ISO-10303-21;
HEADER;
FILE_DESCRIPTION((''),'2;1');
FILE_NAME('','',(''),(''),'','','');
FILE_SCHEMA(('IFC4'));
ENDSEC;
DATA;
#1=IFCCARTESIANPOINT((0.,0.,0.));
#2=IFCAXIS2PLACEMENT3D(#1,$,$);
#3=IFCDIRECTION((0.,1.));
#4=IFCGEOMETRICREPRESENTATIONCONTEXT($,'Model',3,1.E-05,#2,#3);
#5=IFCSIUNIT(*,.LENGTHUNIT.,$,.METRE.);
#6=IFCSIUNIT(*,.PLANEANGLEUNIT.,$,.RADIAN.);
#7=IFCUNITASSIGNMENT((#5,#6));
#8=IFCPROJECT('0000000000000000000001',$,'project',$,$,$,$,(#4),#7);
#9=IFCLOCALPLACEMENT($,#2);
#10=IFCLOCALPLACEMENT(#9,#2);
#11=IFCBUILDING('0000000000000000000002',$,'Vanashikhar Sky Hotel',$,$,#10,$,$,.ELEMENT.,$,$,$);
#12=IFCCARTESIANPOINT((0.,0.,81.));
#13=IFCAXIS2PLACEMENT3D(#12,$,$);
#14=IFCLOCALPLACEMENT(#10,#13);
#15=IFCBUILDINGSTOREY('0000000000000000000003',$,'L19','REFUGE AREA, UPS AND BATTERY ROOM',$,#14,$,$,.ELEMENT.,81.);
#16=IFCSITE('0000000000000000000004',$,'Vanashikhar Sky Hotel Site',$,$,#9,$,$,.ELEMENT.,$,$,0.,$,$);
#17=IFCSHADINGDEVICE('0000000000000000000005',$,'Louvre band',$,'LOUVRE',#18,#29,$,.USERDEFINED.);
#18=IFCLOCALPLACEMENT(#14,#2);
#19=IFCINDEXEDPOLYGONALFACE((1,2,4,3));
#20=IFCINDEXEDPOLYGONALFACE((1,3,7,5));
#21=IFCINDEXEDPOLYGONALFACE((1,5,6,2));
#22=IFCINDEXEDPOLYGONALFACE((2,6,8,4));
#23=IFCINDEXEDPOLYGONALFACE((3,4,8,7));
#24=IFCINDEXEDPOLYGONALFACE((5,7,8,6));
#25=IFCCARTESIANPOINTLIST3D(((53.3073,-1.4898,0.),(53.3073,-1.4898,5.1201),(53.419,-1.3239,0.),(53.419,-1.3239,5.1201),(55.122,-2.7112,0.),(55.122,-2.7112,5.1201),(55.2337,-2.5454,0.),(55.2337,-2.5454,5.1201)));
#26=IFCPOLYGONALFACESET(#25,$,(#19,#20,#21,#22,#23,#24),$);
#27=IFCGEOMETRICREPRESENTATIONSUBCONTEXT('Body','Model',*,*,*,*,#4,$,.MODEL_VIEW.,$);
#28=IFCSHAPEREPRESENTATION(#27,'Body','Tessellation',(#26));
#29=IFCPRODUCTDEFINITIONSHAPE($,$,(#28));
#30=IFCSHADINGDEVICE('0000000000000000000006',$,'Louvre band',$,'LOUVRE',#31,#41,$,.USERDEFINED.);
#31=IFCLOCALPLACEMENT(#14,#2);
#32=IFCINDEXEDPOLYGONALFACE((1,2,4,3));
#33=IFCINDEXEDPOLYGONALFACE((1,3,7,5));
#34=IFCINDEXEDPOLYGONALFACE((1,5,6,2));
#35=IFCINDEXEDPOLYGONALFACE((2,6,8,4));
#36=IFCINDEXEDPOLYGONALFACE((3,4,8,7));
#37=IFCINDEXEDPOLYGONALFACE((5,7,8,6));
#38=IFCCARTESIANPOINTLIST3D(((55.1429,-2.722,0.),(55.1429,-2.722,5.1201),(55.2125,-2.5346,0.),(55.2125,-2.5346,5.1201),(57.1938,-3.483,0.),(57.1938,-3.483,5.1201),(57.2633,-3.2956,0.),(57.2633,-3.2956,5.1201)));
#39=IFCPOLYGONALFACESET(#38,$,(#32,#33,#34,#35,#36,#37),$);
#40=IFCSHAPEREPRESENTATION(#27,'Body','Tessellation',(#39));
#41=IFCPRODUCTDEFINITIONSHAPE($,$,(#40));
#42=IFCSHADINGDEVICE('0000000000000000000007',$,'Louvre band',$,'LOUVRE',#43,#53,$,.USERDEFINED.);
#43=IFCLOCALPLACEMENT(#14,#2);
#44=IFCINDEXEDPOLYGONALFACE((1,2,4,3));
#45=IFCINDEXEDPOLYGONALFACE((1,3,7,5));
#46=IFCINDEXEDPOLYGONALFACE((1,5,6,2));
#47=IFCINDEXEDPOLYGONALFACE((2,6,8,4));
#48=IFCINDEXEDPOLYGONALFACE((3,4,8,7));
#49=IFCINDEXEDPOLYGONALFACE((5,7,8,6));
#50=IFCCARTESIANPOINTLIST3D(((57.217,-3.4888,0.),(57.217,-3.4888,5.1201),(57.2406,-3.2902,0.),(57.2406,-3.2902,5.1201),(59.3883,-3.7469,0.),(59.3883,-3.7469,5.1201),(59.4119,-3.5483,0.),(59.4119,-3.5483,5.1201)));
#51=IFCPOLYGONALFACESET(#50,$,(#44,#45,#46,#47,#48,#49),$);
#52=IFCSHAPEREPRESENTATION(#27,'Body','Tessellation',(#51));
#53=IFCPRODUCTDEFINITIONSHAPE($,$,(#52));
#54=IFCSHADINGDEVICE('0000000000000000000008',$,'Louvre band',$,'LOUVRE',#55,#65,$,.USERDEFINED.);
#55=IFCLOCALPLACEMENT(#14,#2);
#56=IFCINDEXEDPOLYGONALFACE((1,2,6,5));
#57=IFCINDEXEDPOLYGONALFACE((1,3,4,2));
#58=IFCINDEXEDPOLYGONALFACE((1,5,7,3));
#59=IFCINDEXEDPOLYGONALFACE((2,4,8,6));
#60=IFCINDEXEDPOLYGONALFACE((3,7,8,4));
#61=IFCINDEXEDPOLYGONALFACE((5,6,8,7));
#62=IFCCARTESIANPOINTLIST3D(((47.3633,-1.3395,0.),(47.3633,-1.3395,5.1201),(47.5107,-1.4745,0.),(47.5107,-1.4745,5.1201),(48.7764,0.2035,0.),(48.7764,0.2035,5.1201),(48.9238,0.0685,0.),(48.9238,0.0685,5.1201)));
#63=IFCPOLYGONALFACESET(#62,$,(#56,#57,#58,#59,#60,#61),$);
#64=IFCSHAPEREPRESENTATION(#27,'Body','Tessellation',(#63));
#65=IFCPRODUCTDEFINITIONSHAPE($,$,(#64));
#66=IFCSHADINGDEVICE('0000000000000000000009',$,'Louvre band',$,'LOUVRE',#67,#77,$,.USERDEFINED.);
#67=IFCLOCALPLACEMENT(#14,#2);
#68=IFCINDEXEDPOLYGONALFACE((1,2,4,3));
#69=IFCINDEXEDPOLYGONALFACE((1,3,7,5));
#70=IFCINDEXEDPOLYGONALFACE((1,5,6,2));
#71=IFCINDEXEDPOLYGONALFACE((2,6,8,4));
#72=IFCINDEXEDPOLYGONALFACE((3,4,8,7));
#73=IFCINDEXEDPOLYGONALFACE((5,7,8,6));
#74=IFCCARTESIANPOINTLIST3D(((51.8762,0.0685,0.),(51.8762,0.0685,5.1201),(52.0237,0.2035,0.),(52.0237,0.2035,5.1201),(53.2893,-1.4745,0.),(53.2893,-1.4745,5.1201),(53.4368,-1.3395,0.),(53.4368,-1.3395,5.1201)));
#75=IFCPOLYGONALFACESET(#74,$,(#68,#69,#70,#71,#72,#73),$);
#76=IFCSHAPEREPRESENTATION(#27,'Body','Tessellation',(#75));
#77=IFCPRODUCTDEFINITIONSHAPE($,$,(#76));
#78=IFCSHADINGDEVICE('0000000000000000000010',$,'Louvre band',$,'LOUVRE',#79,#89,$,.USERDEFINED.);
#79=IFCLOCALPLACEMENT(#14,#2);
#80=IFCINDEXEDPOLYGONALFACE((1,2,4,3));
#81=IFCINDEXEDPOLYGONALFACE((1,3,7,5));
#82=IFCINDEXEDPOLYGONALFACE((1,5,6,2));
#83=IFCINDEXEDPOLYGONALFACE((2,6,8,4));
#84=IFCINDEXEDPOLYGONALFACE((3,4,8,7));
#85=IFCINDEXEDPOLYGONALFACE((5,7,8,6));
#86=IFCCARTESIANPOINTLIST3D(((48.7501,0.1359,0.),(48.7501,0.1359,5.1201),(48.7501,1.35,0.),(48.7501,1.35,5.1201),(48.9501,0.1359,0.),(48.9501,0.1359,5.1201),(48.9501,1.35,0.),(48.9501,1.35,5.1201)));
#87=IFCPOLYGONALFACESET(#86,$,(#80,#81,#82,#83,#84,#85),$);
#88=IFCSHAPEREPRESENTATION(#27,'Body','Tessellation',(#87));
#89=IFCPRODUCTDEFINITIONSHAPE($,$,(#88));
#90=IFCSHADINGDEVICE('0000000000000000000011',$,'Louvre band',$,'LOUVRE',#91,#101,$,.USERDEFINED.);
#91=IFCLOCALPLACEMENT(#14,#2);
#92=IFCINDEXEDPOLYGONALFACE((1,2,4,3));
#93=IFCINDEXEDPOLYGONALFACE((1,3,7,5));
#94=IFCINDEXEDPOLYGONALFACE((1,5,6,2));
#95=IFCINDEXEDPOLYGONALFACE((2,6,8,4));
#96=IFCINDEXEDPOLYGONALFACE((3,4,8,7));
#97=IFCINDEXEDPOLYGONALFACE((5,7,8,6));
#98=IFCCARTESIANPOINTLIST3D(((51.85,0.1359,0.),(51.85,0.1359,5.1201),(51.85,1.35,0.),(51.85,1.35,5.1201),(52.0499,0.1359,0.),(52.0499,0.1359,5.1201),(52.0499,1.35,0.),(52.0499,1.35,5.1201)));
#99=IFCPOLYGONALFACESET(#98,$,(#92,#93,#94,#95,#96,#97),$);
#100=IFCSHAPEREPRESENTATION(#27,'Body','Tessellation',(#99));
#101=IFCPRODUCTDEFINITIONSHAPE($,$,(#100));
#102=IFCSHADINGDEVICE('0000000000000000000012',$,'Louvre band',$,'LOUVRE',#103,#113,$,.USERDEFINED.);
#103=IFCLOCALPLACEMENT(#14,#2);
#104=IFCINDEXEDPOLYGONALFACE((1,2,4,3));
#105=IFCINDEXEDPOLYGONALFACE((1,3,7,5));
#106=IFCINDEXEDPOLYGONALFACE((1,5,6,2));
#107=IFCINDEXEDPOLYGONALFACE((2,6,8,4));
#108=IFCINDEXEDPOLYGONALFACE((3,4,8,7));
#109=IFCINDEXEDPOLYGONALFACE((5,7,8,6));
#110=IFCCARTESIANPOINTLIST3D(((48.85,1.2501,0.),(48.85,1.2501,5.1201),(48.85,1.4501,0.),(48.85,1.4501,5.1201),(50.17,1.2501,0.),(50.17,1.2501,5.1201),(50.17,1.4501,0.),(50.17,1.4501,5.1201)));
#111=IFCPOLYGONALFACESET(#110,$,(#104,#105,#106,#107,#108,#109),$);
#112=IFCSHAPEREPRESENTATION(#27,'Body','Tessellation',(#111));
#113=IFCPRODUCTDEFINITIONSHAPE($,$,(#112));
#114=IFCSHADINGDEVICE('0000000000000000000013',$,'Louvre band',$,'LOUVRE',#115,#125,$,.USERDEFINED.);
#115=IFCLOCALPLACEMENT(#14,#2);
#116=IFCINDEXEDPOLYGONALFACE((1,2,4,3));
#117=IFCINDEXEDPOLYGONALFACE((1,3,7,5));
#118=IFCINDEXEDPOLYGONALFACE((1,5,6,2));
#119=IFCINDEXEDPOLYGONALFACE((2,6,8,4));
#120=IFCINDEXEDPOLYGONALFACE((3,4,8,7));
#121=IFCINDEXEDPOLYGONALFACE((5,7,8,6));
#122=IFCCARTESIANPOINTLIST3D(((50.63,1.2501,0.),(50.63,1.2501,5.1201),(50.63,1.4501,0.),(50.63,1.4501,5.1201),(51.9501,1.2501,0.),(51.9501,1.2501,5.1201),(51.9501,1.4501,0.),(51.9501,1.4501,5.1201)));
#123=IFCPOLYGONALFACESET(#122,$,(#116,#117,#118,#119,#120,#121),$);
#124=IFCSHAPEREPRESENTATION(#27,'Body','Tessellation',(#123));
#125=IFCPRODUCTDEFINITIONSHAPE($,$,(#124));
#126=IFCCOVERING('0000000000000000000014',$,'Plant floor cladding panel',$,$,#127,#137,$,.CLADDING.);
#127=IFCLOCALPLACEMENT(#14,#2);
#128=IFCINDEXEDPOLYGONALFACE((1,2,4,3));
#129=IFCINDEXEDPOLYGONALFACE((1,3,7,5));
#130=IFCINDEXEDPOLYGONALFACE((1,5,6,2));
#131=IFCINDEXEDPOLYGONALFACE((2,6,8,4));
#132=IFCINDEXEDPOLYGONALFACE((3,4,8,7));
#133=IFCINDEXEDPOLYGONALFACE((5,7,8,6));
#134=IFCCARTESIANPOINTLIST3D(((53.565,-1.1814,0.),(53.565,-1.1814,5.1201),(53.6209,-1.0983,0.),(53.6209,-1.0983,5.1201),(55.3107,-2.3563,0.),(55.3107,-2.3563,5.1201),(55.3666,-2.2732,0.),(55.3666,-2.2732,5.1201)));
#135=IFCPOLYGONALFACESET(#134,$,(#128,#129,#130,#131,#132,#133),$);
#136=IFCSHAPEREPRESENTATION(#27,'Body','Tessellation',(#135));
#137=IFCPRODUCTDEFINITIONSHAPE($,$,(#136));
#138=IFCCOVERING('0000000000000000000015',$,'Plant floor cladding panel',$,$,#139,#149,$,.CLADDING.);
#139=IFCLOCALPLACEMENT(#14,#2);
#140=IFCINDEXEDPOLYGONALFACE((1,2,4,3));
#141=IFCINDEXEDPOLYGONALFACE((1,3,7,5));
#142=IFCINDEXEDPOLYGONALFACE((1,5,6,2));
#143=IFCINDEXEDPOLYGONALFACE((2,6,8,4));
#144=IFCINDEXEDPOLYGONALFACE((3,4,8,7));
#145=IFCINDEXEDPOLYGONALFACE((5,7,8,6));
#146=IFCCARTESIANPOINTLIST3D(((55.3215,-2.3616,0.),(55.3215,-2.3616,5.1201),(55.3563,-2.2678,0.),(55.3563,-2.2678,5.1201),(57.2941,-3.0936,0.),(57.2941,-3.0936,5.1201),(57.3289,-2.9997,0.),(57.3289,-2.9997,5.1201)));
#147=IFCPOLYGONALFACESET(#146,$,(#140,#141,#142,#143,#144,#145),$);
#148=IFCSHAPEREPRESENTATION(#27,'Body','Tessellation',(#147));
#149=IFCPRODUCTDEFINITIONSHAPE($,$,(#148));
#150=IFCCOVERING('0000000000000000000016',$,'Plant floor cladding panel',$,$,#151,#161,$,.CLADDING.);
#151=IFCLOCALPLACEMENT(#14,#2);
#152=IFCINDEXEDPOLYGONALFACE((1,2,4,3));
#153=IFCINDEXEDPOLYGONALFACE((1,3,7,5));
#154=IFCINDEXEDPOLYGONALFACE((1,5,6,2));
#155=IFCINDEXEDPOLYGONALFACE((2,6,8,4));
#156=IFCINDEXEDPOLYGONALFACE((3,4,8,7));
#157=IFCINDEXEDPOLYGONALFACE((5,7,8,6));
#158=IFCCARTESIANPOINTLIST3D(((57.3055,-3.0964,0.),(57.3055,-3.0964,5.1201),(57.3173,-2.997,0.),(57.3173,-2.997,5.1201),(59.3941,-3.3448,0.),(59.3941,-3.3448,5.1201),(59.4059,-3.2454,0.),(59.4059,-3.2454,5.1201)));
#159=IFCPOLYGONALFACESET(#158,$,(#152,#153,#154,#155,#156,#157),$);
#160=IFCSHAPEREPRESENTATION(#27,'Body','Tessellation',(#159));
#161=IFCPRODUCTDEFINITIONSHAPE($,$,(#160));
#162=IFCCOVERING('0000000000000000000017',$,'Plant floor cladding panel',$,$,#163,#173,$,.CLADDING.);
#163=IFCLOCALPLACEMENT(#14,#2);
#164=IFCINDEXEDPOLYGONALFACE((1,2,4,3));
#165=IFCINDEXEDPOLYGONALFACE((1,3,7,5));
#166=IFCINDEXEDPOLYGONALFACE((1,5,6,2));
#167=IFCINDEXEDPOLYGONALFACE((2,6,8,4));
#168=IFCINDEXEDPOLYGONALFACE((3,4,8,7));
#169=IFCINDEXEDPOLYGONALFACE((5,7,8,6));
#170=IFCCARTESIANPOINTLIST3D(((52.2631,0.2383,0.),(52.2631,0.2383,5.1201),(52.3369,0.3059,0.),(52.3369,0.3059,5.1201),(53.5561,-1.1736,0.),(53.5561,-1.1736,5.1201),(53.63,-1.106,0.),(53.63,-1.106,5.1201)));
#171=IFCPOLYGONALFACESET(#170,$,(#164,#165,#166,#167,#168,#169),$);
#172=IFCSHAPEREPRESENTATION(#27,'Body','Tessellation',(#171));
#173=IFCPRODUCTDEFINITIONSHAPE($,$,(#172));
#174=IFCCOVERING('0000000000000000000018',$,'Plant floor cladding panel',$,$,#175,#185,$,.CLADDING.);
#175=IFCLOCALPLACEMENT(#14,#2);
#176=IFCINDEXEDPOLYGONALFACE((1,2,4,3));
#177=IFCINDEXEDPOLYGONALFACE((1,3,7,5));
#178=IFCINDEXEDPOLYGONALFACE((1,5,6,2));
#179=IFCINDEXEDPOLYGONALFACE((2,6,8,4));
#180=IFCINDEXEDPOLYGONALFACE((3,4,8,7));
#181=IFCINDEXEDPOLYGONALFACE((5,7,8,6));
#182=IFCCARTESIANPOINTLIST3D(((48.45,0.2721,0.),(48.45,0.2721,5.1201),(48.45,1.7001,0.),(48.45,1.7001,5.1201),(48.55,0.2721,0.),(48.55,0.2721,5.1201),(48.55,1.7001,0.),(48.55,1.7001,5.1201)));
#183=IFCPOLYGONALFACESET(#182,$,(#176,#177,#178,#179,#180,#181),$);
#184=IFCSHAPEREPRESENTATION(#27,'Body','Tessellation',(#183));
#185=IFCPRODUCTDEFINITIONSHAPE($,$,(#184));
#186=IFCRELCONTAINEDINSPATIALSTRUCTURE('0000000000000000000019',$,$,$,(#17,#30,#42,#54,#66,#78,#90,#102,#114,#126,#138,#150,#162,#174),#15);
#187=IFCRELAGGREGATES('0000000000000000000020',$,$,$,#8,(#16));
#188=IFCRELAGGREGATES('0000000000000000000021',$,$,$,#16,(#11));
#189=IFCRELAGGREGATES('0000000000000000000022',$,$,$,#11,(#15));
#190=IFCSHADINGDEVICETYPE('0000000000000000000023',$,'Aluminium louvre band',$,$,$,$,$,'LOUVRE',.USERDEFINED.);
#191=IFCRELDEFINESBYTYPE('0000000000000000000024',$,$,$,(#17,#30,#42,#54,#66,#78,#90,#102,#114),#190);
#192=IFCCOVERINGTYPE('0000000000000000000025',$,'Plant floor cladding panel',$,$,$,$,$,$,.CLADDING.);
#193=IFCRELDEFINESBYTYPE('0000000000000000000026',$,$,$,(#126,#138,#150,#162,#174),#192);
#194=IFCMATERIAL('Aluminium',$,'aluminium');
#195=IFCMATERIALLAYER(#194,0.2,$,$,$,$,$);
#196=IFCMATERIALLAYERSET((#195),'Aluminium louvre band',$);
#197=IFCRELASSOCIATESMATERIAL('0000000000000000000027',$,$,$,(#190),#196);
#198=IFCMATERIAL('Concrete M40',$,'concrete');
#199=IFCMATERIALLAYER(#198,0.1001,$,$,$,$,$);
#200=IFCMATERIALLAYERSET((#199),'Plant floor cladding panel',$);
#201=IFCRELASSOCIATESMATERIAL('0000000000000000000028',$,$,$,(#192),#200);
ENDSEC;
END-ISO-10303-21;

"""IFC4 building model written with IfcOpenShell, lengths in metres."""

from ifc_helpers import new_model, si_unit, direction, frame, origin, origin_2d, place, context, subcontext, project, spatial, rectangle, extrude, source, transform, mapped, material, layer, layer_set, type_object, element, save


model = new_model("IFC4")

# Units and contexts
model_context = context("Model", 3, precision=1e-05, world=origin(), true_north=direction((0.0, 1.0)))
body_context = subcontext(model_context, "Body", "Model", "MODEL_VIEW")
ifc_project = project(units=[si_unit("LENGTHUNIT", "METRE"), si_unit("PLANEANGLEUNIT", "RADIAN")], contexts=[model_context])

# Site, building, storey
site_placement = place(None, origin())
site = spatial("IfcSite", under=ifc_project, at=site_placement, Name="Vanashikhar Sky Hotel Site", CompositionType="ELEMENT", RefElevation=0.0)
building_placement = place(site_placement, origin())
building = spatial("IfcBuilding", under=site, at=building_placement, Name="Vanashikhar Sky Hotel", CompositionType="ELEMENT")
storey_placement = place(building_placement, frame((0.0, 0.0, 81.0)))
storey = spatial("IfcBuildingStorey", under=building, at=storey_placement, Name="L19", Description="REFUGE AREA, UPS AND BATTERY ROOM", CompositionType="ELEMENT", Elevation=81.0)

# Shading devices
ifc_material_1 = material(Name="Aluminium", Category="aluminium")
ifc_layer_1 = layer(ifc_material_1, 0.2)
ifc_layer_set_1 = layer_set([ifc_layer_1], Name="Aluminium louvre band")
shading_device_type = type_object("IfcShadingDeviceType", Name="Aluminium louvre band", ElementType="LOUVRE", PredefinedType="USERDEFINED", material=ifc_layer_set_1)
shared_shape_1 = source(origin(), body_context, "Body", "SweptSolid", [
    extrude(rectangle(XDim=2.1875, YDim=0.2, at=origin_2d()), origin(), (0.0, 0.0, 1.0), 5.1201),
])
for number, where, z_axis, x_axis, name in (
    (1, (54.2705, -2.0176, 0.0), (0.0, 0.0, 1.0), (0.829584, -0.558382, 0.0), "Louvre band"),
    (2, (56.2031, -3.0088, 0.0), (0.0, 0.0, 1.0), (0.937537, -0.347885, 0.0), "Louvre band"),
):
    element("IfcShadingDevice", number, at=place(storey_placement, frame(where, z_axis=z_axis, x_axis=x_axis)), inside=storey, type_object=shading_device_type, Name=name, ObjectType="LOUVRE", PredefinedType="USERDEFINED", context=body_context, shape_type="MappedRepresentation", body=[
        mapped(shared_shape_1, transform((0.0, 0.0, 0.0), scale=1.0)),
    ])
shared_shape_2 = source(origin(), body_context, "Body", "SweptSolid", [
    extrude(rectangle(XDim=2.1865, YDim=0.2, at=origin_2d()), origin(), (0.0, 0.0, 1.0), 5.1201),
])
shading_device_placement = place(storey_placement, frame((58.3145, -3.5186, 0.0), z_axis=(0.0, 0.0, 1.0), x_axis=(0.993009, -0.11804, 0.0)))
element("IfcShadingDevice", 3, at=shading_device_placement, inside=storey, type_object=shading_device_type, Name="Louvre band", ObjectType="LOUVRE", PredefinedType="USERDEFINED", context=body_context, shape_type="MappedRepresentation", body=[
    mapped(shared_shape_2, transform((0.0, 0.0, 0.0), scale=1.0)),
])
shared_shape_3 = source(origin(), body_context, "Body", "SweptSolid", [
    extrude(rectangle(XDim=2.0923, YDim=0.2, at=origin_2d()), origin(), (0.0, 0.0, 1.0), 5.1201),
])
for number, where, z_axis, x_axis, name in (
    (4, (48.1436, -0.6355, 0.0), (0.0, 0.0, 1.0), (0.675384, 0.737466, 0.0), "Louvre band"),
    (5, (52.6565, -0.6355, 0.0), (0.0, 0.0, 1.0), (0.675384, -0.737466, 0.0), "Louvre band"),
):
    element("IfcShadingDevice", number, at=place(storey_placement, frame(where, z_axis=z_axis, x_axis=x_axis)), inside=storey, type_object=shading_device_type, Name=name, ObjectType="LOUVRE", PredefinedType="USERDEFINED", context=body_context, shape_type="MappedRepresentation", body=[
        mapped(shared_shape_3, transform((0.0, 0.0, 0.0), scale=1.0)),
    ])
shared_shape_4 = source(origin(), body_context, "Body", "SweptSolid", [
    extrude(rectangle(XDim=1.2141, YDim=0.2, at=origin_2d()), origin(), (0.0, 0.0, 1.0), 5.1201),
])
for number, where, z_axis, x_axis, name in (
    (6, (48.8501, 0.7429, 0.0), (0.0, 0.0, 1.0), (0.0, 1.0, 0.0), "Louvre band"),
    (7, (51.95, 0.7429, 0.0), (0.0, 0.0, 1.0), (0.0, -1.0, 0.0), "Louvre band"),
):
    element("IfcShadingDevice", number, at=place(storey_placement, frame(where, z_axis=z_axis, x_axis=x_axis)), inside=storey, type_object=shading_device_type, Name=name, ObjectType="LOUVRE", PredefinedType="USERDEFINED", context=body_context, shape_type="MappedRepresentation", body=[
        mapped(shared_shape_4, transform((0.0, 0.0, 0.0), scale=1.0)),
    ])
shared_shape_5 = source(origin(), body_context, "Body", "SweptSolid", [
    extrude(rectangle(XDim=1.3201, YDim=0.2, at=origin_2d()), origin(), (0.0, 0.0, 1.0), 5.1201),
])
for number, where, z_axis, x_axis, name in (
    (8, (49.51, 1.3501, 0.0), (0.0, 0.0, 1.0), (1.0, 0.0, 0.0), "Louvre band"),
    (9, (51.29, 1.3501, 0.0), (0.0, 0.0, 1.0), (1.0, 0.0, 0.0), "Louvre band"),
):
    element("IfcShadingDevice", number, at=place(storey_placement, frame(where, z_axis=z_axis, x_axis=x_axis)), inside=storey, type_object=shading_device_type, Name=name, ObjectType="LOUVRE", PredefinedType="USERDEFINED", context=body_context, shape_type="MappedRepresentation", body=[
        mapped(shared_shape_5, transform((0.0, 0.0, 0.0), scale=1.0)),
    ])

# Coverings
ifc_material_2 = material(Name="Concrete M40", Category="concrete")
ifc_layer_2 = layer(ifc_material_2, 0.1001)
ifc_layer_set_2 = layer_set([ifc_layer_2], Name="Plant floor cladding panel")
covering_type_1 = type_object("IfcCoveringType", Name="Plant floor cladding panel", PredefinedType="CLADDING", material=ifc_layer_set_2)
shared_shape_6 = source(origin(), body_context, "Body", "SweptSolid", [
    extrude(rectangle(XDim=2.1042, YDim=0.1001, at=origin_2d()), origin(), (0.0, 0.0, 1.0), 5.1201),
])
covering_1_placement = place(storey_placement, frame((54.4658, -1.7273, 0.0), z_axis=(0.0, 0.0, 1.0), x_axis=(0.829603, -0.558353, 0.0)))
element("IfcCovering", 10, at=covering_1_placement, inside=storey, type_object=covering_type_1, Name="Plant floor cladding panel", PredefinedType="CLADDING", context=body_context, shape_type="MappedRepresentation", body=[
    mapped(shared_shape_6, transform((0.0, 0.0, 0.0), scale=1.0)),
])
shared_shape_7 = source(origin(), body_context, "Body", "SweptSolid", [
    extrude(rectangle(XDim=2.104, YDim=0.1001, at=origin_2d()), origin(), (0.0, 0.0, 1.0), 5.1201),
])
covering_2_placement = place(storey_placement, frame((56.3252, -2.6807, 0.0), z_axis=(0.0, 0.0, 1.0), x_axis=(0.937537, -0.347885, 0.0)))
element("IfcCovering", 11, at=covering_2_placement, inside=storey, type_object=covering_type_1, Name="Plant floor cladding panel", PredefinedType="CLADDING", context=body_context, shape_type="MappedRepresentation", body=[
    mapped(shared_shape_7, transform((0.0, 0.0, 0.0), scale=1.0)),
])
shared_shape_8 = source(origin(), body_context, "Body", "SweptSolid", [
    extrude(rectangle(XDim=2.1033, YDim=0.1001, at=origin_2d()), origin(), (0.0, 0.0, 1.0), 5.1201),
])
covering_3_placement = place(storey_placement, frame((58.3557, -3.1709, 0.0), z_axis=(0.0, 0.0, 1.0), x_axis=(0.993003, -0.118092, 0.0)))
element("IfcCovering", 12, at=covering_3_placement, inside=storey, type_object=covering_type_1, Name="Plant floor cladding panel", PredefinedType="CLADDING", context=body_context, shape_type="MappedRepresentation", body=[
    mapped(shared_shape_8, transform((0.0, 0.0, 0.0), scale=1.0)),
])
shared_shape_9 = source(origin(), body_context, "Body", "SweptSolid", [
    extrude(rectangle(XDim=1.9146, YDim=0.1001, at=origin_2d()), origin(), (0.0, 0.0, 1.0), 5.1201),
])
covering_4_placement = place(storey_placement, frame((52.9465, -0.4338, 0.0), z_axis=(0.0, 0.0, 1.0), x_axis=(0.675371, -0.737478, 0.0)))
element("IfcCovering", 13, at=covering_4_placement, inside=storey, type_object=covering_type_1, Name="Plant floor cladding panel", PredefinedType="CLADDING", context=body_context, shape_type="MappedRepresentation", body=[
    mapped(shared_shape_9, transform((0.0, 0.0, 0.0), scale=1.0)),
])
shared_shape_10 = source(origin(), body_context, "Body", "SweptSolid", [
    extrude(rectangle(XDim=1.428, YDim=0.1001, at=origin_2d()), origin(), (0.0, 0.0, 1.0), 5.1201),
])
for number, where, z_axis, x_axis, name in (
    (14, (48.5, 0.9861, 0.0), (0.0, 0.0, 1.0), (0.0, 1.0, 0.0), "Plant floor cladding panel"),
):
    element("IfcCovering", number, at=place(storey_placement, frame(where, z_axis=z_axis, x_axis=x_axis)), inside=storey, type_object=covering_type_1, Name=name, PredefinedType="CLADDING", context=body_context, shape_type="MappedRepresentation", body=[
        mapped(shared_shape_10, transform((0.0, 0.0, 0.0), scale=1.0)),
    ])

save(model, "model.ifc")
